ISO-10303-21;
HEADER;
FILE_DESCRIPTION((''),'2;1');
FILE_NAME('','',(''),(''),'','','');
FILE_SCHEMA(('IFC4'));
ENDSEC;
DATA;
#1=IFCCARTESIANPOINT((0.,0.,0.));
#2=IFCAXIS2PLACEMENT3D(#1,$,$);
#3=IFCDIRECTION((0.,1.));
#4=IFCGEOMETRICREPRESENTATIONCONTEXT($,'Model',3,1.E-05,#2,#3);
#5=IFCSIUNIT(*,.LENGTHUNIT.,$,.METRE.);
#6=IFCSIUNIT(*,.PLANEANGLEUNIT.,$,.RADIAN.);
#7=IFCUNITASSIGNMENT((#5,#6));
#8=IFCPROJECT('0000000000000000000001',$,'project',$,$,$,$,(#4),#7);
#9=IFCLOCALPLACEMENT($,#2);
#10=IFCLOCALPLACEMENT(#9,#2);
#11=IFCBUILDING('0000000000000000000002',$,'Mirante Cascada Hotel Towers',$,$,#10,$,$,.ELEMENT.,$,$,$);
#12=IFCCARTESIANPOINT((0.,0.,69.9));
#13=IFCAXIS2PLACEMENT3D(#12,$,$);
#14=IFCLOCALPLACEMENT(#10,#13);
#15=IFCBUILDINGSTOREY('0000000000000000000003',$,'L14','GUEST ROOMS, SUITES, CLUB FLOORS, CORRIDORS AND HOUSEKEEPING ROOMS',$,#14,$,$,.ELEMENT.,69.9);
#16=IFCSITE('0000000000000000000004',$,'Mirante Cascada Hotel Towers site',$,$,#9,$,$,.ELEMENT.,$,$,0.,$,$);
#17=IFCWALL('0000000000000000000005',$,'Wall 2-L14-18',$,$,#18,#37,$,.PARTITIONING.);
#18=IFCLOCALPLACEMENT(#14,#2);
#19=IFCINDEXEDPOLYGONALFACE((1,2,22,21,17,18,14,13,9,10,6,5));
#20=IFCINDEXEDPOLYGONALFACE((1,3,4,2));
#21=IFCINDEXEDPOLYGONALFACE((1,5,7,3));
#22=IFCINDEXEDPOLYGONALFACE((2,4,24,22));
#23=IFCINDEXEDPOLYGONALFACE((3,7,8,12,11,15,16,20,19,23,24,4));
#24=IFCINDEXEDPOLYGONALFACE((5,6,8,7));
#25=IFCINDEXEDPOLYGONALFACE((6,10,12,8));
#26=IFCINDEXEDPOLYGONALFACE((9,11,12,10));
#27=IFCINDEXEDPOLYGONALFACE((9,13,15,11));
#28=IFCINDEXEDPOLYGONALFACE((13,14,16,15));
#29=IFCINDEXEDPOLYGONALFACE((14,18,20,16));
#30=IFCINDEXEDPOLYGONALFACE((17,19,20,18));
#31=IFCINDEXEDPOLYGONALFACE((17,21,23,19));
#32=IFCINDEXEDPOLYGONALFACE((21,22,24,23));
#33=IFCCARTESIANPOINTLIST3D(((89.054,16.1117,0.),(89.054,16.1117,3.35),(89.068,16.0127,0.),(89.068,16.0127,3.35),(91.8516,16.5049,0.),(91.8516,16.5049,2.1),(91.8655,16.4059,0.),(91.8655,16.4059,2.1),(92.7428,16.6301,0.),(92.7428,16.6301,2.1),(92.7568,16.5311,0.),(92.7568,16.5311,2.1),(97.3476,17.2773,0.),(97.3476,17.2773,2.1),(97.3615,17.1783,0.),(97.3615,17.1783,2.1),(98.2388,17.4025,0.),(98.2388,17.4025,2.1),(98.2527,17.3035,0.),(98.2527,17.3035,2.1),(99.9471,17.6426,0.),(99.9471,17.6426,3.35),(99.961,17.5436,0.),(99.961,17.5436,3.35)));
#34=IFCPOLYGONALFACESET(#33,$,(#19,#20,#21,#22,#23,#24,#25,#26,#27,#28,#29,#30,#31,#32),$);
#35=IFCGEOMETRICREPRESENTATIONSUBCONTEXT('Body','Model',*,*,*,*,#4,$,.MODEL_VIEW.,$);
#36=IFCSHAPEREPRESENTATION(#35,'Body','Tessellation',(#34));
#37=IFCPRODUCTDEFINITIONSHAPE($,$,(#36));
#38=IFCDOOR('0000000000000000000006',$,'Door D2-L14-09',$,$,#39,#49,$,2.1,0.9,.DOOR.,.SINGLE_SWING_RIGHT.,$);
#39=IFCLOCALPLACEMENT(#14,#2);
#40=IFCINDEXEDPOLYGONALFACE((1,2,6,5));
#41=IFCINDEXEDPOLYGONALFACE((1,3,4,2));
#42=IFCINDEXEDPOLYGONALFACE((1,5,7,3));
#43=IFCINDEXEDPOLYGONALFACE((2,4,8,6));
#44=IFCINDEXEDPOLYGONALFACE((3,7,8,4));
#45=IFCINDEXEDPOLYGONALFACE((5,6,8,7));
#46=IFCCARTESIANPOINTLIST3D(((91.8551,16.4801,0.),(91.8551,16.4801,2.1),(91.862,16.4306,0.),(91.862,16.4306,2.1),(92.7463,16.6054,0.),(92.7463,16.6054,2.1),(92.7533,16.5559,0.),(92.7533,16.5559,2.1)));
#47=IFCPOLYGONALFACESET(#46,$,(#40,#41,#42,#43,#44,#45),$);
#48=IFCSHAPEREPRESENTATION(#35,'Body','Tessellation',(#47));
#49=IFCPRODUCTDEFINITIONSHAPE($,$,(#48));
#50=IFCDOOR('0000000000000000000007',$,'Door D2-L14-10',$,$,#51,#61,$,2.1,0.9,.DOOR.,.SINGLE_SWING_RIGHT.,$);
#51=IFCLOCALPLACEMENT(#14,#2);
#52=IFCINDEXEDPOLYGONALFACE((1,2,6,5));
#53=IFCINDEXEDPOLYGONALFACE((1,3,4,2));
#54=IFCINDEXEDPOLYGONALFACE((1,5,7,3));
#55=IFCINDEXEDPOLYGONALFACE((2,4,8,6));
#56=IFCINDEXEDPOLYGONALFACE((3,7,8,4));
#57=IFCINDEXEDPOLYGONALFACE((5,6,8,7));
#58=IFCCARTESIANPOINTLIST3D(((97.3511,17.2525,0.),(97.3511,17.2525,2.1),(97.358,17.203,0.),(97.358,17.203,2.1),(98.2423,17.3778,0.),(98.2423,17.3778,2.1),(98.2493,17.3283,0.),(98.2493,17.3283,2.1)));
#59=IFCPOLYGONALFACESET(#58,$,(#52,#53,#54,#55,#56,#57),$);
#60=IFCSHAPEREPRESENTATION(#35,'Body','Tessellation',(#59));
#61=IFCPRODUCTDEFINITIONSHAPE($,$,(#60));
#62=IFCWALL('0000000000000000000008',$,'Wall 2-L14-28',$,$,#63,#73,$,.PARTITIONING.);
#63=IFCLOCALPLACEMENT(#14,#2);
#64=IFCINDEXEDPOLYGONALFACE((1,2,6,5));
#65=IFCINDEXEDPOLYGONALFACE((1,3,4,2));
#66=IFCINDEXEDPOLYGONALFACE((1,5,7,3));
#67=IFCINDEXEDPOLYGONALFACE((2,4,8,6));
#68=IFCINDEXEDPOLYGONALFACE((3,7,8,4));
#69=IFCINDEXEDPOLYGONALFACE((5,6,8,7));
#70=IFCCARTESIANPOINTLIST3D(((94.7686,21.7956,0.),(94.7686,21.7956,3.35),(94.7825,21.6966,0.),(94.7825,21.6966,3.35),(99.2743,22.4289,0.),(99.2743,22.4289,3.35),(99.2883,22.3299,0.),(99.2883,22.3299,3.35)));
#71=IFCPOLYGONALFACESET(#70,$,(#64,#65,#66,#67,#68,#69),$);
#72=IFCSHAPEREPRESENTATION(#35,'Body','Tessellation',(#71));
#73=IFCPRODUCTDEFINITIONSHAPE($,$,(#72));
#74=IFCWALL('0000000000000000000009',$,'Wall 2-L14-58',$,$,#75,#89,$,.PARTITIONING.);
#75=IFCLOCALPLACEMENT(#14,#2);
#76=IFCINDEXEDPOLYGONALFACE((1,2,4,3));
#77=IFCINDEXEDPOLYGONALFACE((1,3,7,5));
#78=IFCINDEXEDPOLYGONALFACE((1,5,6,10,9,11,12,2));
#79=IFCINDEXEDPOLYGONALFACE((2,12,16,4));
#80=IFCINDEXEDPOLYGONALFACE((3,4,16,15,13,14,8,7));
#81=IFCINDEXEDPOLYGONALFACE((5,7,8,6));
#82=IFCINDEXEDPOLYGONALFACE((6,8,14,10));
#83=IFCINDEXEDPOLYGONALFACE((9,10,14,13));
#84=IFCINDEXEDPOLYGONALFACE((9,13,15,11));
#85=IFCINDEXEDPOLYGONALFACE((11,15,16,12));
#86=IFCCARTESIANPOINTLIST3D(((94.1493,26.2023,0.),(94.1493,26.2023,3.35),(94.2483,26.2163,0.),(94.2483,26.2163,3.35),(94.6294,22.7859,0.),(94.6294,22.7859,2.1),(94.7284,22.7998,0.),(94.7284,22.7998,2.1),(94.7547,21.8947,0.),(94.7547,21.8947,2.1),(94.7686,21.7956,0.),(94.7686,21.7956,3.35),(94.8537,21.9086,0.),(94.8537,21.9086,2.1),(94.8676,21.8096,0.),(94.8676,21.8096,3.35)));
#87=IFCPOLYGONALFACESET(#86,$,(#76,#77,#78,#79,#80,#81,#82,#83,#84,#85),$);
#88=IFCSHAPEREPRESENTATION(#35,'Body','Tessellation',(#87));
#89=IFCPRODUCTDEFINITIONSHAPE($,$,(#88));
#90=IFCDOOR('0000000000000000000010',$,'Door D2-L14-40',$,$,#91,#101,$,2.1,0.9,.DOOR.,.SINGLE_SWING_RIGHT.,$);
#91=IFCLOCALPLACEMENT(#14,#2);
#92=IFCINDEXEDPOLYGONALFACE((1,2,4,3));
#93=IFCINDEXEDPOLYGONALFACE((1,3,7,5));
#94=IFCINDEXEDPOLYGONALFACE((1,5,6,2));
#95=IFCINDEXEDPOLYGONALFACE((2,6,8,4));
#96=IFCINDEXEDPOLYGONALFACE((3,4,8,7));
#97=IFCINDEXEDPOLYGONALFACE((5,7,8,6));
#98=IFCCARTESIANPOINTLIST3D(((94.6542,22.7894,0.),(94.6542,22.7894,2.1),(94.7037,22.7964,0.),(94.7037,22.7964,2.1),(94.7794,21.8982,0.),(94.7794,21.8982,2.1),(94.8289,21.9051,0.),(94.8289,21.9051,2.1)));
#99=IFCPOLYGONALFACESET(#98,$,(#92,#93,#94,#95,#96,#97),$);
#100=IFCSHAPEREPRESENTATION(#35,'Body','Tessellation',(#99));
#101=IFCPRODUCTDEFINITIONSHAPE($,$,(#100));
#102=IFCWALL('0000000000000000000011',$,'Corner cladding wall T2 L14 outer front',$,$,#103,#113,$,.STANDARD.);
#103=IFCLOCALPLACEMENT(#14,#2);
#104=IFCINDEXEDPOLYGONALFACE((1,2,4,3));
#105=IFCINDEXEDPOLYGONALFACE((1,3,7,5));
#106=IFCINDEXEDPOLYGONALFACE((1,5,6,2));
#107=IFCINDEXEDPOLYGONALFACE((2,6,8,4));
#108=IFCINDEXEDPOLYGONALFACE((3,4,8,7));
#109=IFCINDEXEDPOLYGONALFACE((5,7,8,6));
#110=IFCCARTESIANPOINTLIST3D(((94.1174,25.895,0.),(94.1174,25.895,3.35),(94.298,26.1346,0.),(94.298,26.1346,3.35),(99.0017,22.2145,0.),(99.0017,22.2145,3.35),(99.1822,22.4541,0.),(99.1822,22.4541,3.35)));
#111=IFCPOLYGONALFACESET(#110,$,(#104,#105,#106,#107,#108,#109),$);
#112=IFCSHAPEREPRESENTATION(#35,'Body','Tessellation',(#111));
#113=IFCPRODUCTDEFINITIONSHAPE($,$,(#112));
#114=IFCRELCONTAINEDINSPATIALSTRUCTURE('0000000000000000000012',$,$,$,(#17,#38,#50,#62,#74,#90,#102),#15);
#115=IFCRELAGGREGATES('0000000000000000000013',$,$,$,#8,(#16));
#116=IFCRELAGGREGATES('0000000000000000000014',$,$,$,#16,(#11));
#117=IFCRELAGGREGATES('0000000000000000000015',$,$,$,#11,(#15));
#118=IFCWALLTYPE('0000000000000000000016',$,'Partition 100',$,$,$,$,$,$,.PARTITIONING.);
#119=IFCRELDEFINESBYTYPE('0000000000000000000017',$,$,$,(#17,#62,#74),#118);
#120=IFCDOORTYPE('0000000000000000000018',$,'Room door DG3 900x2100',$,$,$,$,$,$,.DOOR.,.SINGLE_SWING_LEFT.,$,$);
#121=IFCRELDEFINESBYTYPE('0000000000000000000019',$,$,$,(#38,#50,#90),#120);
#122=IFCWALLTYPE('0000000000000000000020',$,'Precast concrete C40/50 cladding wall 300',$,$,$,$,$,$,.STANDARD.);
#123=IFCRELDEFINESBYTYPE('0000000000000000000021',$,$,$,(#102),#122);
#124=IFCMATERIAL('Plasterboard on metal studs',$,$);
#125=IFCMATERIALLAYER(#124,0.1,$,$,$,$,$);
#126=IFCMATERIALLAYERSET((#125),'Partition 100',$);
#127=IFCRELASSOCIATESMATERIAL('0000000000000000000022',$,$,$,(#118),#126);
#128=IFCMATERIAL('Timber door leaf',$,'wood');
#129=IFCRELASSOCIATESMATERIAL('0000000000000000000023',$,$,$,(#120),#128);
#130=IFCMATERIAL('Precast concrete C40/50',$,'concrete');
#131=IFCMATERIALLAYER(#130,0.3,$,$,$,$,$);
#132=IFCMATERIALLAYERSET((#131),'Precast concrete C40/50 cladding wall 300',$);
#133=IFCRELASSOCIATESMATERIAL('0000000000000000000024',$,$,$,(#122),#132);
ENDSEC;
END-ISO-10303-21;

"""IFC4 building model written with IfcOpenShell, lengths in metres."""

from ifc_helpers import new_model, si_unit, direction, frame, frame_2d, origin, place, context, subcontext, project, spatial, rectangle, extrude, material, layer, layer_set, type_object, element, fill, save


model = new_model("IFC4")

# Units and contexts
model_context = context("Model", 3, precision=1e-05, world=origin(), true_north=direction((0.0, 1.0)))
body_context = subcontext(model_context, "Body", "Model", "MODEL_VIEW")
ifc_project = project(units=[si_unit("LENGTHUNIT", "METRE"), si_unit("PLANEANGLEUNIT", "RADIAN")], contexts=[model_context])

# Site, building, storey
site_placement = place(None, origin())
site = spatial("IfcSite", under=ifc_project, at=site_placement, Name="Mirante Cascada Hotel Towers site", CompositionType="ELEMENT", RefElevation=0.0)
building_placement = place(site_placement, origin())
building = spatial("IfcBuilding", under=site, at=building_placement, Name="Mirante Cascada Hotel Towers", CompositionType="ELEMENT")
storey_placement = place(building_placement, frame((0.0, 0.0, 69.9)))
storey = spatial("IfcBuildingStorey", under=building, at=storey_placement, Name="L14", Description="GUEST ROOMS, SUITES, CLUB FLOORS, CORRIDORS AND HOUSEKEEPING ROOMS", CompositionType="ELEMENT", Elevation=69.9)

# Wall, openings, doors
ifc_material_1 = material(Name="Plasterboard on metal studs")
ifc_layer_1 = layer(ifc_material_1, 0.1)
ifc_layer_set_1 = layer_set([ifc_layer_1], Name="Partition 100")
wall_type_1 = type_object("IfcWallType", Name="Partition 100", PredefinedType="PARTITIONING", material=ifc_layer_set_1)
wall_1_placement = place(storey_placement, frame((99.954, 17.5931, 0.0), z_axis=(0.0, 0.0, 1.0), x_axis=(-0.990268, -0.139172, 0.0)))
wall_1 = element("IfcWall", 1, at=wall_1_placement, inside=storey, type_object=wall_type_1, Name="Wall 2-L14-18", PredefinedType="PARTITIONING", context=body_context, shape_type="SweptSolid", body=[
    extrude(rectangle(XDim=11.0001, YDim=0.1, at=frame_2d((5.5, 0.0))), origin(), (0.0, 0.0, 1.0), 3.35),
])
opening_1_placement = place(wall_1_placement, frame((7.275, 0.0, 0.0)))
opening_1 = element("IfcOpeningElement", 2, at=opening_1_placement, cuts=wall_1, PredefinedType="OPENING", context=body_context, shape_type="SweptSolid", body=[
    extrude(rectangle(XDim=0.9, YDim=2.1, at=frame_2d((0.45, 1.05))), frame((0.0, 0.05, 0.0), z_axis=(0.0, -1.0, 0.0), x_axis=(1.0, 0.0, 0.0)), (0.0, 0.0, 1.0), 0.1),
])
opening_2_placement = place(wall_1_placement, frame((1.725, 0.0, 0.0)))
opening_2 = element("IfcOpeningElement", 3, at=opening_2_placement, cuts=wall_1, PredefinedType="OPENING", context=body_context, shape_type="SweptSolid", body=[
    extrude(rectangle(XDim=0.9, YDim=2.1, at=frame_2d((0.45, 1.05))), frame((0.0, 0.05, 0.0), z_axis=(0.0, -1.0, 0.0), x_axis=(1.0, 0.0, 0.0)), (0.0, 0.0, 1.0), 0.1),
])
ifc_material_2 = material(Name="Timber door leaf", Category="wood")
door_type = type_object("IfcDoorType", Name="Room door DG3 900x2100", OperationType="SINGLE_SWING_LEFT", PredefinedType="DOOR", material=ifc_material_2)
door_1_placement = place(opening_1_placement, frame((0.9, 0.0, 0.0), z_axis=(0.0, 0.0, 1.0), x_axis=(-1.0, 0.0, 0.0)))
door_1 = element("IfcDoor", 4, at=door_1_placement, inside=storey, type_object=door_type, Name="Door D2-L14-09", OperationType="SINGLE_SWING_RIGHT", OverallHeight=2.1, OverallWidth=0.9, PredefinedType="DOOR", context=body_context, shape_type="SweptSolid", body=[
    extrude(rectangle(XDim=0.9, YDim=2.1, at=frame_2d((0.45, 1.05))), frame((0.0, 0.025, 0.0), z_axis=(0.0, -1.0, 0.0), x_axis=(1.0, 0.0, 0.0)), (0.0, 0.0, 1.0), 0.05),
])
fill(opening_1, door_1)
door_2_placement = place(opening_2_placement, frame((0.9, 0.0, 0.0), z_axis=(0.0, 0.0, 1.0), x_axis=(-1.0, 0.0, 0.0)))
door_2 = element("IfcDoor", 5, at=door_2_placement, inside=storey, type_object=door_type, Name="Door D2-L14-10", OperationType="SINGLE_SWING_RIGHT", OverallHeight=2.1, OverallWidth=0.9, PredefinedType="DOOR", context=body_context, shape_type="SweptSolid", body=[
    extrude(rectangle(XDim=0.9, YDim=2.1, at=frame_2d((0.45, 1.05))), frame((0.0, 0.025, 0.0), z_axis=(0.0, -1.0, 0.0), x_axis=(1.0, 0.0, 0.0)), (0.0, 0.0, 1.0), 0.05),
])
fill(opening_2, door_2)

# Wall
wall_2_placement = place(storey_placement, frame((99.2813, 22.3794, 0.0), z_axis=(0.0, 0.0, 1.0), x_axis=(-0.990266, -0.139187, 0.0)))
element("IfcWall", 6, at=wall_2_placement, inside=storey, type_object=wall_type_1, Name="Wall 2-L14-28", PredefinedType="PARTITIONING", context=body_context, shape_type="SweptSolid", body=[
    extrude(rectangle(XDim=4.55, YDim=0.1, at=frame_2d((2.275, 0.0))), origin(), (0.0, 0.0, 1.0), 3.35),
])

# Wall, opening, door
wall_3_placement = place(storey_placement, frame((94.1988, 26.2093, 0.0), z_axis=(0.0, 0.0, 1.0), x_axis=(0.139168, -0.990269, 0.0)))
wall_3 = element("IfcWall", 7, at=wall_3_placement, inside=storey, type_object=wall_type_1, Name="Wall 2-L14-58", PredefinedType="PARTITIONING", context=body_context, shape_type="SweptSolid", body=[
    extrude(rectangle(XDim=4.45, YDim=0.1, at=frame_2d((2.225, 0.0))), origin(), (0.0, 0.0, 1.0), 3.35),
])
opening_3_placement = place(wall_3_placement, frame((3.45, 0.0, 0.0)))
opening_3 = element("IfcOpeningElement", 8, at=opening_3_placement, cuts=wall_3, PredefinedType="OPENING", context=body_context, shape_type="SweptSolid", body=[
    extrude(rectangle(XDim=0.9, YDim=2.1, at=frame_2d((0.45, 1.05))), frame((0.0, 0.05, 0.0), z_axis=(0.0, -1.0, 0.0), x_axis=(1.0, 0.0, 0.0)), (0.0, 0.0, 1.0), 0.1),
])
door_3_placement = place(opening_3_placement, frame((0.9, 0.0, 0.0), z_axis=(0.0, 0.0, 1.0), x_axis=(-1.0, 0.0, 0.0)))
door_3 = element("IfcDoor", 9, at=door_3_placement, inside=storey, type_object=door_type, Name="Door D2-L14-40", OperationType="SINGLE_SWING_RIGHT", OverallHeight=2.1, OverallWidth=0.9, PredefinedType="DOOR", context=body_context, shape_type="SweptSolid", body=[
    extrude(rectangle(XDim=0.9, YDim=2.1, at=frame_2d((0.45, 1.05))), frame((0.0, 0.025, 0.0), z_axis=(0.0, -1.0, 0.0), x_axis=(1.0, 0.0, 0.0)), (0.0, 0.0, 1.0), 0.05),
])
fill(opening_3, door_3)

# Wall
ifc_material_3 = material(Name="Precast concrete C40/50", Category="concrete")
ifc_layer_2 = layer(ifc_material_3, 0.3)
ifc_layer_set_2 = layer_set([ifc_layer_2], Name="Precast concrete C40/50 cladding wall 300")
wall_type_2 = type_object("IfcWallType", Name="Precast concrete C40/50 cladding wall 300", PredefinedType="STANDARD", material=ifc_layer_set_2)
wall_4_placement = place(storey_placement, frame((99.0919, 22.3343, 0.0), z_axis=(0.0, 0.0, 1.0), x_axis=(-0.798636, 0.601814, 0.0)))
element("IfcWall", 10, at=wall_4_placement, inside=storey, type_object=wall_type_2, Name="Corner cladding wall T2 L14 outer front", PredefinedType="STANDARD", context=body_context, shape_type="SweptSolid", body=[
    extrude(rectangle(XDim=6.1157, YDim=0.3, at=frame_2d((3.0578, 0.0))), origin(), (0.0, 0.0, 1.0), 3.35),
])

save(model, "model.ifc")
